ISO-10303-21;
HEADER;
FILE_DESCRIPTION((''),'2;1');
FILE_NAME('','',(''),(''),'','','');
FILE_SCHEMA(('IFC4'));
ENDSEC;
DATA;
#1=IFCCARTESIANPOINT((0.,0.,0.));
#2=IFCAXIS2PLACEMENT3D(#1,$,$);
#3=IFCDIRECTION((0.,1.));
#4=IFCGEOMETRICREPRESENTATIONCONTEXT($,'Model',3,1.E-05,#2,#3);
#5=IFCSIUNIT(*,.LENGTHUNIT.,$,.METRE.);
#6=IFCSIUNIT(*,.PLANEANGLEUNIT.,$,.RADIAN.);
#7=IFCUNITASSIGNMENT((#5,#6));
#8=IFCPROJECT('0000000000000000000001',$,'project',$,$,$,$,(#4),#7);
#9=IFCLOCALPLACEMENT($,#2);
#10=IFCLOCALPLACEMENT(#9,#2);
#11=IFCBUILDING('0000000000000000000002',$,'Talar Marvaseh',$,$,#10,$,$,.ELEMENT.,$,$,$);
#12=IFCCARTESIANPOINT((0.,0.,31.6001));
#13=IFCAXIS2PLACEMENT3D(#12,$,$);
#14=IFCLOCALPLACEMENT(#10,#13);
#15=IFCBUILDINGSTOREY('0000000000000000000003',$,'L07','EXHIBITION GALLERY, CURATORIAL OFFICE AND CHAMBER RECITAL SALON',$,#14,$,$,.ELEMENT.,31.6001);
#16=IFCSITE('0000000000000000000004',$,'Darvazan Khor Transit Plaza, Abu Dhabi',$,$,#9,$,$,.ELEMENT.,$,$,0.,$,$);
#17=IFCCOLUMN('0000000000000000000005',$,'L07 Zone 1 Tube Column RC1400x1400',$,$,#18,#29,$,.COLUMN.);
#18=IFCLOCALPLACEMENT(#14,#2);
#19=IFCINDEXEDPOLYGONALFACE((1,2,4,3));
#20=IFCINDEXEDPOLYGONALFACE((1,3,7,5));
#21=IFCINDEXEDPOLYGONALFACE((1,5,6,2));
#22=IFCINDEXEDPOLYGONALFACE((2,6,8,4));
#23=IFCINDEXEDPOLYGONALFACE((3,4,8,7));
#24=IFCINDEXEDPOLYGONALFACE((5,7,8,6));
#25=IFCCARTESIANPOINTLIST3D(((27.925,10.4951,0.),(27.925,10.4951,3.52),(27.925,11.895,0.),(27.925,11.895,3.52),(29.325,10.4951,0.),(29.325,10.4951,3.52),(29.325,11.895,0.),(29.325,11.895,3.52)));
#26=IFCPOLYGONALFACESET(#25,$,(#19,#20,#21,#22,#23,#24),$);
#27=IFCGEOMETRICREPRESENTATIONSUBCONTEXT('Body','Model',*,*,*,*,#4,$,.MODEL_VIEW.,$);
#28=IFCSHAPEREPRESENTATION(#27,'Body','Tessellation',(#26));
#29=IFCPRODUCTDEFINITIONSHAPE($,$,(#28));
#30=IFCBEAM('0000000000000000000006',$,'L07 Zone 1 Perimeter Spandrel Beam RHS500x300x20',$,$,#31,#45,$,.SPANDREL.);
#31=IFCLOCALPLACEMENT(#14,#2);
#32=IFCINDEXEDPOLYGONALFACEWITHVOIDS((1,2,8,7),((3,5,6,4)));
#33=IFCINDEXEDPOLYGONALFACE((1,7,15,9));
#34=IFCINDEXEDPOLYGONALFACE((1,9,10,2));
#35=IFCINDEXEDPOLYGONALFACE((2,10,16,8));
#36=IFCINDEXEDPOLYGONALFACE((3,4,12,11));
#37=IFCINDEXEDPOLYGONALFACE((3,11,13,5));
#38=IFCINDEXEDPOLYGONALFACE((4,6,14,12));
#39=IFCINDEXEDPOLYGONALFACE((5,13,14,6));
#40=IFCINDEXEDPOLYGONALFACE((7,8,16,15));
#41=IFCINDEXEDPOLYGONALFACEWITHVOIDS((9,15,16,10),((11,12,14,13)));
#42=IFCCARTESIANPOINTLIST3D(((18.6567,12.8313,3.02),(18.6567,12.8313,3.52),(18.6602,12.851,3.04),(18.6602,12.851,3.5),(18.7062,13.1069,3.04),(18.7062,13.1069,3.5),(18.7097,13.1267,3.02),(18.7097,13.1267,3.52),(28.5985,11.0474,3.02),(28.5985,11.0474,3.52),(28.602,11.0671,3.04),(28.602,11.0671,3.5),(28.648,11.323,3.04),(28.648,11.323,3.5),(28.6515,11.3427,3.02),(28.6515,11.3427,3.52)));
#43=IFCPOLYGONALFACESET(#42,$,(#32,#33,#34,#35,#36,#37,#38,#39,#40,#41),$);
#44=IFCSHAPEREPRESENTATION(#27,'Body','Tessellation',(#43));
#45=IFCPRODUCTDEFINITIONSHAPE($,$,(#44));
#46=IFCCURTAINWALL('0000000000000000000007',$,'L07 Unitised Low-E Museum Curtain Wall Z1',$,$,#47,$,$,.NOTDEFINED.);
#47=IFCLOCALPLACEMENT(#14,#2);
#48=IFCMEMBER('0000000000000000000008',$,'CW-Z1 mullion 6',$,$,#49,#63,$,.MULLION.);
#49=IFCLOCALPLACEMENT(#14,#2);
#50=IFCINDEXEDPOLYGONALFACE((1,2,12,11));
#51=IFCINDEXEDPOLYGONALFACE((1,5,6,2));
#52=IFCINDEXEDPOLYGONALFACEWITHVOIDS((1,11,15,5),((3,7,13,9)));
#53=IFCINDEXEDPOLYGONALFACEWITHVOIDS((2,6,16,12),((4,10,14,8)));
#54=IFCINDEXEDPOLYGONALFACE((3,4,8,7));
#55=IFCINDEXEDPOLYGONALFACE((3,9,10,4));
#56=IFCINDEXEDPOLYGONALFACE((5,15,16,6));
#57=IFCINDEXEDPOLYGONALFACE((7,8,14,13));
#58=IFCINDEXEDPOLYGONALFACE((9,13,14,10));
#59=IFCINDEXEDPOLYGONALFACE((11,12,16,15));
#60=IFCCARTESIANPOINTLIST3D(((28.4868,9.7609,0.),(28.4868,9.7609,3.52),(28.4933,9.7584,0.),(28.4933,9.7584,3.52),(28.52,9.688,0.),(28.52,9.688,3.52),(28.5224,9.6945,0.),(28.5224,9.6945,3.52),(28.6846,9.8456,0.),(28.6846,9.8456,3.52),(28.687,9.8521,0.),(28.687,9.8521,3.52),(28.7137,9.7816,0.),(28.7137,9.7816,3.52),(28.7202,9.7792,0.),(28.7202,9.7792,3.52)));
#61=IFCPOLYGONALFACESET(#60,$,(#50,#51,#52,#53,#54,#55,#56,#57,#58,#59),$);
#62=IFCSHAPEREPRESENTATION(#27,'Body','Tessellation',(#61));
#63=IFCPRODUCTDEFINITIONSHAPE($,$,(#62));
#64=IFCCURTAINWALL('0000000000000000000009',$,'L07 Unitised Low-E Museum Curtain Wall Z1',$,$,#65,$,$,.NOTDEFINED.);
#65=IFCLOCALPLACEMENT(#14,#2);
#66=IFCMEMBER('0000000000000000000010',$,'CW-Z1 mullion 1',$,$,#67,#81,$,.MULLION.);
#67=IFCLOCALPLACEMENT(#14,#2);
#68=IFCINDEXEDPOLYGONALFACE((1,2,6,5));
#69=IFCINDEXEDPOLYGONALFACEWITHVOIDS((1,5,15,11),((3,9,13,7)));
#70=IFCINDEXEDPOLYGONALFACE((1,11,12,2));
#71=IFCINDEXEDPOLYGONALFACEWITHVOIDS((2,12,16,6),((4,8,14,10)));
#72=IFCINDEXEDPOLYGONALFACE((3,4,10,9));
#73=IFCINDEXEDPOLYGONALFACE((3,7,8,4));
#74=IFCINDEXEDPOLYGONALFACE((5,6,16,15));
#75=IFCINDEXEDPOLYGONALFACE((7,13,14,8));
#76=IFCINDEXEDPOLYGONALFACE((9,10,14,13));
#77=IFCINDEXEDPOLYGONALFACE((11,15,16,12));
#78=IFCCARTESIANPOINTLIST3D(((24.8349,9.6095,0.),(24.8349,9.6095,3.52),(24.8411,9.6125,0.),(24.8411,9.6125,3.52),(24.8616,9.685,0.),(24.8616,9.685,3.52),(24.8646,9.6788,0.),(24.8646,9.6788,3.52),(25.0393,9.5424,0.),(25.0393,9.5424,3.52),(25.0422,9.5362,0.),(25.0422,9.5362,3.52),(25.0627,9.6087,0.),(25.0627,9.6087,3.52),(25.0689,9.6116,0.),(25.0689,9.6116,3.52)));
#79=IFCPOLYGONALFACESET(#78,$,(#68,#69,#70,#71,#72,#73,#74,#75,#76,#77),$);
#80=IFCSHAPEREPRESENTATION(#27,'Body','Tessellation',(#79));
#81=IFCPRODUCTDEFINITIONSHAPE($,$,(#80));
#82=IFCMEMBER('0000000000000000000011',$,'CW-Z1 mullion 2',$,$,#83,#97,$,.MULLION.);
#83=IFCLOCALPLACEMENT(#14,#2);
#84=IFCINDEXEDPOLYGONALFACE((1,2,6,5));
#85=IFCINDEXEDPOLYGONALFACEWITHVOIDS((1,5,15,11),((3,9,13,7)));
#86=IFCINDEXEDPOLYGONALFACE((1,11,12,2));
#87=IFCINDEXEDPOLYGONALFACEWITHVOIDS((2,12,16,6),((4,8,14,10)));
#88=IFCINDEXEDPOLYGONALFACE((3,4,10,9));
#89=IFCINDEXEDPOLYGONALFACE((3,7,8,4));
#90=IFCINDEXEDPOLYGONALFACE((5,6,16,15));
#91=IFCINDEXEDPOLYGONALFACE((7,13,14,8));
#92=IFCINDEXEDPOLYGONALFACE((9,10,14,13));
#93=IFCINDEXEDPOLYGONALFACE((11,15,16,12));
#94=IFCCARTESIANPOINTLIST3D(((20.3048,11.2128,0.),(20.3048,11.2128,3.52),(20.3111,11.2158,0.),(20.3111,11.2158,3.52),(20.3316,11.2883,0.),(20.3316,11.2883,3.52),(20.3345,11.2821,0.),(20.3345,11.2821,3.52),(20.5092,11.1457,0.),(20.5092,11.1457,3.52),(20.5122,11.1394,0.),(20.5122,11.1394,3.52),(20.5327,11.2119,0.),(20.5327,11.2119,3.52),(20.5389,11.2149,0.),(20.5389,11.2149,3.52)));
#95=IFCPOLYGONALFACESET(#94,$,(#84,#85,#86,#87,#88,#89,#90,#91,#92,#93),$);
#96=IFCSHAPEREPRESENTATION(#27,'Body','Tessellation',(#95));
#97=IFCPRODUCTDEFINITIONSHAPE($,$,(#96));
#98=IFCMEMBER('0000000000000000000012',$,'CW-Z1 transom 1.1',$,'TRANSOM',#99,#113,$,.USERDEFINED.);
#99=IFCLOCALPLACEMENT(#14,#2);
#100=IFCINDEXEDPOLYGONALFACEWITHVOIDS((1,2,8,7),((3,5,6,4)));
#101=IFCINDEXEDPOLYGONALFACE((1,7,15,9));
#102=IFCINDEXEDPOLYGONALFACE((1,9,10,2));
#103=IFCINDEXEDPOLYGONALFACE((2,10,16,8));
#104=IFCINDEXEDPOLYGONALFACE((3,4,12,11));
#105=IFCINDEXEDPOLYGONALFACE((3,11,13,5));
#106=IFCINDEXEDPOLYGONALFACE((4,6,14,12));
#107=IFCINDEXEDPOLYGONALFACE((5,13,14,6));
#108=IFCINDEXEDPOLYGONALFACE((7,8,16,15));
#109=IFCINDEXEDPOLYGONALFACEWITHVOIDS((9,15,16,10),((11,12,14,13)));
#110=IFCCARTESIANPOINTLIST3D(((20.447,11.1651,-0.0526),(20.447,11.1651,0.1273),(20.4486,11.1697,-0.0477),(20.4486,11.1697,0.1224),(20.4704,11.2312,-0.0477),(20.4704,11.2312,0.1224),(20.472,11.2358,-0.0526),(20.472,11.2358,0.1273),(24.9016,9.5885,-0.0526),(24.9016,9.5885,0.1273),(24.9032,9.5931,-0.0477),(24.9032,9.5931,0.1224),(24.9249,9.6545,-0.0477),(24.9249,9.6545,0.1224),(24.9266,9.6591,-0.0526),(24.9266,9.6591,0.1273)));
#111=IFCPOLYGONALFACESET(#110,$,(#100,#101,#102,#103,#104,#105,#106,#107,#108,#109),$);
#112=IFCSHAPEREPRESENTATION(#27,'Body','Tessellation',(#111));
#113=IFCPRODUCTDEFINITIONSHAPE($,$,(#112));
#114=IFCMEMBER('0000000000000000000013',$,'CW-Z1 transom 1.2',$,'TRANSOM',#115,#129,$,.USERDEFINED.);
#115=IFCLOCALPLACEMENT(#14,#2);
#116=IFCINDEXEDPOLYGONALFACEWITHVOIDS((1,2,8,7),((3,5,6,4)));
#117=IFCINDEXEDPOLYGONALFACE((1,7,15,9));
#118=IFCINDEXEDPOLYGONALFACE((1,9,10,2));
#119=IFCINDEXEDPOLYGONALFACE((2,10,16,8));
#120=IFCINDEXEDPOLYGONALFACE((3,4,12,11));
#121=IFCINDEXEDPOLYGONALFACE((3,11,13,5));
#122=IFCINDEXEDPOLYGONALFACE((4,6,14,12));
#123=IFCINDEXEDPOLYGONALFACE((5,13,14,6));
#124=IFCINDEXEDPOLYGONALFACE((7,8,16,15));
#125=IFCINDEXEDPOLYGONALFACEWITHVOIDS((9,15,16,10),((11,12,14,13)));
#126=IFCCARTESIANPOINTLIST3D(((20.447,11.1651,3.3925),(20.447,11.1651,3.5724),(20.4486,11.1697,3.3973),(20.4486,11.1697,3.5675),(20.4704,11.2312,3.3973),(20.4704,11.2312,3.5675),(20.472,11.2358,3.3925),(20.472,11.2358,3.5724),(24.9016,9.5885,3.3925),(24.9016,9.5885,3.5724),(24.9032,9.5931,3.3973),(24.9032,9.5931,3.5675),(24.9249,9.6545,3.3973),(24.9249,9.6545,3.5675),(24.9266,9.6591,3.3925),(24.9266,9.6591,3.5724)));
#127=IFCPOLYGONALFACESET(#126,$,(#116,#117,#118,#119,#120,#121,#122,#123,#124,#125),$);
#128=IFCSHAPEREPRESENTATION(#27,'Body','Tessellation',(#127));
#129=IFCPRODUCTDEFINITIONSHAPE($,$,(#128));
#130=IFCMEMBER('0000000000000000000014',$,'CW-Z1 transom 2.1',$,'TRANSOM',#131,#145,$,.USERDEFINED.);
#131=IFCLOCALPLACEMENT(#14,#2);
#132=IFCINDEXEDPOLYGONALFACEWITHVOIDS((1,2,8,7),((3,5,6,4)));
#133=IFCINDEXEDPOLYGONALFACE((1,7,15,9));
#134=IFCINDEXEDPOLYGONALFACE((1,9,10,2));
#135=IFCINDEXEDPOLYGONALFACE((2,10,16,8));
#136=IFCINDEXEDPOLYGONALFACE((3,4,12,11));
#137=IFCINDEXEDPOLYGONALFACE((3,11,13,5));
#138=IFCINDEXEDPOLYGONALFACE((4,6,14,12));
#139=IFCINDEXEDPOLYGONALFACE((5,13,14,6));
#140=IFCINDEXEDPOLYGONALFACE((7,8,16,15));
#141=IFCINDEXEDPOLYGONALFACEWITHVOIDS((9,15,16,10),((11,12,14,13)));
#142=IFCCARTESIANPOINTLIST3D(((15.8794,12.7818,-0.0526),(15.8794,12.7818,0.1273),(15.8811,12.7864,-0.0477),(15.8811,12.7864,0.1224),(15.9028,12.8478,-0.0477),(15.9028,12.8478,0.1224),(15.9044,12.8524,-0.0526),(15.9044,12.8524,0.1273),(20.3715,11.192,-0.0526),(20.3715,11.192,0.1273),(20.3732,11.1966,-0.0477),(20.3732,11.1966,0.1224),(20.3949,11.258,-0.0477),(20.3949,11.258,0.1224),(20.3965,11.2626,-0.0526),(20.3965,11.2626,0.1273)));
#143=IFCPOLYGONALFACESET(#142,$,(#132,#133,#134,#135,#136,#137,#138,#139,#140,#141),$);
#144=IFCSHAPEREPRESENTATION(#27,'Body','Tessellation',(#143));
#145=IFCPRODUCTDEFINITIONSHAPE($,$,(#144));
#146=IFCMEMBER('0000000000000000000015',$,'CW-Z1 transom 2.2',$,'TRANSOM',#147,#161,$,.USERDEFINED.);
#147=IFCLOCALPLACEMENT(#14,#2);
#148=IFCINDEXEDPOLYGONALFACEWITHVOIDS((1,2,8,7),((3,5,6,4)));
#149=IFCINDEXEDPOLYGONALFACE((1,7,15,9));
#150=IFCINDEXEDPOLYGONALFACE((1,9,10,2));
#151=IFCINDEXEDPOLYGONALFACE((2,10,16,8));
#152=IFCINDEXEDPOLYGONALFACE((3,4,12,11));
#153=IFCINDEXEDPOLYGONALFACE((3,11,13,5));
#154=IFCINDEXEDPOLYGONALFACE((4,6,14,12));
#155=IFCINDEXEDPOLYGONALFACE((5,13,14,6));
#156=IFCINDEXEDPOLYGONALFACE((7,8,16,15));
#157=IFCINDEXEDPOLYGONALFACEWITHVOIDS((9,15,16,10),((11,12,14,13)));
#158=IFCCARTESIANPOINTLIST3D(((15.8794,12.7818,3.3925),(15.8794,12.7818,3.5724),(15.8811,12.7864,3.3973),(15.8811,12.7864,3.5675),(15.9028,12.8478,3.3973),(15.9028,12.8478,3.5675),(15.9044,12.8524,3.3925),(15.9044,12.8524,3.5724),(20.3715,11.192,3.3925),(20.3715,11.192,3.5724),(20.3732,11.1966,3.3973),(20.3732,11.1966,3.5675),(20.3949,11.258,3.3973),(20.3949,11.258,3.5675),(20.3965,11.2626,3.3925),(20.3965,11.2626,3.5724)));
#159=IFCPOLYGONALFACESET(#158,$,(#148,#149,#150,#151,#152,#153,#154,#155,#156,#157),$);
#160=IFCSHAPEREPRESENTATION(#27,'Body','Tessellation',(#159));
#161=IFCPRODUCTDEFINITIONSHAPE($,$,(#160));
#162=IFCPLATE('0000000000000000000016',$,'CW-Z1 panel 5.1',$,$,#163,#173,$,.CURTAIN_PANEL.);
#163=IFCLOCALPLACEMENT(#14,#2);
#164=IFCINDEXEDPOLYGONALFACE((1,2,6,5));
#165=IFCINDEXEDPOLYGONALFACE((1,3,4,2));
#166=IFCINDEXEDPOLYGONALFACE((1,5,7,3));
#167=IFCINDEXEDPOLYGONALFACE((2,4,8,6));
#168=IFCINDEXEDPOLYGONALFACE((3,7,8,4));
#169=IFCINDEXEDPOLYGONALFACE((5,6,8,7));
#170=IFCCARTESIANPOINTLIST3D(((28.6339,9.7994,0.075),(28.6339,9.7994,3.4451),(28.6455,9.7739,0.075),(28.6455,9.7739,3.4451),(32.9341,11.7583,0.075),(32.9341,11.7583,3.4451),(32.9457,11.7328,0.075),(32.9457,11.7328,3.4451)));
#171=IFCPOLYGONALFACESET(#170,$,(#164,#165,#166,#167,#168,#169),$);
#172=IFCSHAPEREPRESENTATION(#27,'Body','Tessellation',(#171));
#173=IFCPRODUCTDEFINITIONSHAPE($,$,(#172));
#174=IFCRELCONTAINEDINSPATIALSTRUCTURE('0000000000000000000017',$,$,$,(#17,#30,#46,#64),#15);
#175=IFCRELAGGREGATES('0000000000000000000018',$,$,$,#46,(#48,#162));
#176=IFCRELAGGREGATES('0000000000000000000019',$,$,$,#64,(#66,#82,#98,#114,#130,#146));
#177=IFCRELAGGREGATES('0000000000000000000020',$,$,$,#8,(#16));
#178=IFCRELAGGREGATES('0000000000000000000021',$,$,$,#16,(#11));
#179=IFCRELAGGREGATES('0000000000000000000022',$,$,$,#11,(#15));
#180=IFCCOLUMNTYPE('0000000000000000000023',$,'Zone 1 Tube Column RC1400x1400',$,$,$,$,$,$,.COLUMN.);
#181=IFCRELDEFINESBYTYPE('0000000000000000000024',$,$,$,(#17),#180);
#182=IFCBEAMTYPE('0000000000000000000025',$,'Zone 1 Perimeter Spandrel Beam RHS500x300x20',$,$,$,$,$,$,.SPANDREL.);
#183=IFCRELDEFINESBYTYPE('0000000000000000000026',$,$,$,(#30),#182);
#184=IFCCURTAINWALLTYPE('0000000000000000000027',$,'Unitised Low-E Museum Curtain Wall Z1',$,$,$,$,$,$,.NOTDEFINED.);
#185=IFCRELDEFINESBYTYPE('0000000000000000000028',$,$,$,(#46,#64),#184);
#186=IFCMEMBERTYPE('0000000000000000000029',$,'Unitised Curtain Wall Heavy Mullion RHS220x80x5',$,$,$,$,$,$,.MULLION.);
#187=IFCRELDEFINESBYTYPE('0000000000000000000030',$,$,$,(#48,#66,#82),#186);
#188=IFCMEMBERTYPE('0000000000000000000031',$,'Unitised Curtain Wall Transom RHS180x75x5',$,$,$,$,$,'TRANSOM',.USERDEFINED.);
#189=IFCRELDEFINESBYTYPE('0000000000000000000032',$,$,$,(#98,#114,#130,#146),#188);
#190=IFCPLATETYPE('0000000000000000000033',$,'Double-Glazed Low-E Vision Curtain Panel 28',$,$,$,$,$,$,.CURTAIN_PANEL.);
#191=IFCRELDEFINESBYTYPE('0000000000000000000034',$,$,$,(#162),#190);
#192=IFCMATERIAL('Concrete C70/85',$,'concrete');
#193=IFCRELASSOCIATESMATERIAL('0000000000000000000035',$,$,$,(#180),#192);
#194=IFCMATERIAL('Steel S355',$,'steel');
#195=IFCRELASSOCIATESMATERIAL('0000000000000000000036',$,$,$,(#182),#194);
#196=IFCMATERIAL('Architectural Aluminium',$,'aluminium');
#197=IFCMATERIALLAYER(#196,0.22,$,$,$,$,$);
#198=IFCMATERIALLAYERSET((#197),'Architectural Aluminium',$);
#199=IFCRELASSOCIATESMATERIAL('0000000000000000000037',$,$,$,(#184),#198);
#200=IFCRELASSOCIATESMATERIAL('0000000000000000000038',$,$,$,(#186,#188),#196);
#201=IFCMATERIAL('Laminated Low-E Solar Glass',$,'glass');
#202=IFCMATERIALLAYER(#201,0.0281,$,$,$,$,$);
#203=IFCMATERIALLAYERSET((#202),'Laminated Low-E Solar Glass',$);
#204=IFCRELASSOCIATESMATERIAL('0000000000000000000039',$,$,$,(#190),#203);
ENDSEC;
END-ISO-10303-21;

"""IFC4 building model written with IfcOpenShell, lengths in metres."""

from ifc_helpers import new_model, si_unit, direction, frame, origin, origin_2d, place, context, subcontext, project, spatial, rectangle, hollow_rectangle, extrude, source, transform, mapped, material, layer, layer_set, material_profile, profile_set, type_object, type_shapes, element, aggregate, save


model = new_model("IFC4")

# Units and contexts
model_context = context("Model", 3, precision=1e-05, world=origin(), true_north=direction((0.0, 1.0)))
body_context = subcontext(model_context, "Body", "Model", "MODEL_VIEW")
ifc_project = project(units=[si_unit("LENGTHUNIT", "METRE"), si_unit("PLANEANGLEUNIT", "RADIAN")], contexts=[model_context])

# Site, building, storey
site_placement = place(None, origin())
site = spatial("IfcSite", under=ifc_project, at=site_placement, Name="Darvazan Khor Transit Plaza, Abu Dhabi", CompositionType="ELEMENT", RefElevation=0.0)
building_placement = place(site_placement, origin())
building = spatial("IfcBuilding", under=site, at=building_placement, Name="Talar Marvaseh", CompositionType="ELEMENT")
storey_placement = place(building_placement, frame((0.0, 0.0, 31.6001)))
storey = spatial("IfcBuildingStorey", under=building, at=storey_placement, Name="L07", Description="EXHIBITION GALLERY, CURATORIAL OFFICE AND CHAMBER RECITAL SALON", CompositionType="ELEMENT", Elevation=31.6001)

# Column
ifc_material_1 = material(Name="Concrete C70/85", Category="concrete")
ifc_material_profile_1 = material_profile(ifc_material_1, rectangle(XDim=1.3999, YDim=1.3999, at=origin_2d()), Name="RC1400x1400")
ifc_profile_set_1 = profile_set([ifc_material_profile_1], Name="Concrete C70/85")
column_type = type_object("IfcColumnType", Name="Zone 1 Tube Column RC1400x1400", PredefinedType="COLUMN", material=ifc_profile_set_1)
column_placement = place(storey_placement, frame((28.625, 11.1951, 0.0), z_axis=(0.0, 0.0, 1.0), x_axis=(1.0, 0.0, 0.0)))
element("IfcColumn", 1, at=column_placement, inside=storey, type_object=column_type, Name="L07 Zone 1 Tube Column RC1400x1400", PredefinedType="COLUMN", context=body_context, shape_type="SweptSolid", body=[
    extrude(rectangle(XDim=1.3999, YDim=1.3999, at=origin_2d()), origin(), (0.0, 0.0, 1.0), 3.52),
])

# Beam
ifc_material_2 = material(Name="Steel S355", Category="steel")
ifc_material_profile_2 = material_profile(ifc_material_2, hollow_rectangle(XDim=0.3, YDim=0.5, WallThickness=0.02, at=origin_2d()), Name="RHS500x300x20")
ifc_profile_set_2 = profile_set([ifc_material_profile_2], Name="Steel S355")
beam_type = type_object("IfcBeamType", Name="Zone 1 Perimeter Spandrel Beam RHS500x300x20", PredefinedType="SPANDREL", material=ifc_profile_set_2)
beam_placement = place(storey_placement, frame((28.625, 11.1951, 3.27), z_axis=(-0.98428, 0.176615, 0.0), x_axis=(-0.176615, -0.98428, 0.0)))
element("IfcBeam", 2, at=beam_placement, inside=storey, type_object=beam_type, Name="L07 Zone 1 Perimeter Spandrel Beam RHS500x300x20", PredefinedType="SPANDREL", context=body_context, shape_type="SweptSolid", body=[
    extrude(hollow_rectangle(XDim=0.3, YDim=0.5, WallThickness=0.02, at=origin_2d()), origin(), (0.0, 0.0, 1.0), 10.1006),
])

# Curtain wall, member
ifc_material_3 = material(Name="Architectural Aluminium", Category="aluminium")
ifc_layer_1 = layer(ifc_material_3, 0.22)
ifc_layer_set_1 = layer_set([ifc_layer_1], Name="Architectural Aluminium")
curtain_wall_type = type_object("IfcCurtainWallType", Name="Unitised Low-E Museum Curtain Wall Z1", PredefinedType="NOTDEFINED", material=ifc_layer_set_1)
curtain_wall_1_placement = place(storey_placement, origin())
curtain_wall_1 = element("IfcCurtainWall", 3, at=curtain_wall_1_placement, inside=storey, type_object=curtain_wall_type, Name="L07 Unitised Low-E Museum Curtain Wall Z1", PredefinedType="NOTDEFINED")
ifc_material_profile_3 = material_profile(ifc_material_3, hollow_rectangle(XDim=0.0801, YDim=0.22, WallThickness=0.0049, at=origin_2d()), Name="RHS220x80x5")
ifc_profile_set_3 = profile_set([ifc_material_profile_3], Name="Architectural Aluminium")
member_type_1 = type_object("IfcMemberType", Name="Unitised Curtain Wall Heavy Mullion RHS220x80x5", PredefinedType="MULLION", material=ifc_profile_set_3)
shared_shape_1 = source(origin(), body_context, "Body", "SweptSolid", [
    extrude(hollow_rectangle(XDim=0.0801, YDim=0.22, WallThickness=0.0049, at=origin_2d()), origin(), (0.0, 0.0, 1.0), 3.52),
])
type_shapes(member_type_1, [shared_shape_1])
member_1_placement = place(storey_placement, frame((28.6035, 9.77, 0.0), z_axis=(0.0, 0.0, 1.0), x_axis=(0.414555, -0.910024, 0.0)))
member_1 = element("IfcMember", 4, at=member_1_placement, type_object=member_type_1, Name="CW-Z1 mullion 6", PredefinedType="MULLION", context=body_context, shape_type="MappedRepresentation", body=[
    mapped(shared_shape_1, transform((0.0, 0.0, 0.0), x_axis=(1.0, 0.0, 0.0), y_axis=(0.0, 1.0, 0.0), z_axis=(0.0, 0.0, 1.0), scale=1.0)),
])

# Curtain wall, members
curtain_wall_2_placement = place(storey_placement, origin())
curtain_wall_2 = element("IfcCurtainWall", 5, at=curtain_wall_2_placement, inside=storey, type_object=curtain_wall_type, Name="L07 Unitised Low-E Museum Curtain Wall Z1", PredefinedType="NOTDEFINED")
member_2_placement = place(storey_placement, frame((24.9519, 9.6106, 0.0), z_axis=(0.0, 0.0, 1.0), x_axis=(-0.333661, -0.942693, 0.0)))
member_2 = element("IfcMember", 6, at=member_2_placement, type_object=member_type_1, Name="CW-Z1 mullion 1", PredefinedType="MULLION", context=body_context, shape_type="MappedRepresentation", body=[
    mapped(shared_shape_1, transform((0.0, 0.0, 0.0), x_axis=(1.0, 0.0, 0.0), y_axis=(0.0, 1.0, 0.0), z_axis=(0.0, 0.0, 1.0), scale=1.0)),
])
member_3_placement = place(storey_placement, frame((20.4219, 11.2139, 0.0), z_axis=(0.0, 0.0, 1.0), x_axis=(-0.333661, -0.942693, 0.0)))
member_3 = element("IfcMember", 7, at=member_3_placement, type_object=member_type_1, Name="CW-Z1 mullion 2", PredefinedType="MULLION", context=body_context, shape_type="MappedRepresentation", body=[
    mapped(shared_shape_1, transform((0.0, 0.0, 0.0), x_axis=(1.0, 0.0, 0.0), y_axis=(0.0, 1.0, 0.0), z_axis=(0.0, 0.0, 1.0), scale=1.0)),
])
ifc_material_profile_4 = material_profile(ifc_material_3, hollow_rectangle(XDim=0.075, YDim=0.1799, WallThickness=0.0049, at=origin_2d()), Name="RHS180x75x5")
ifc_profile_set_4 = profile_set([ifc_material_profile_4], Name="Architectural Aluminium")
member_type_2 = type_object("IfcMemberType", Name="Unitised Curtain Wall Transom RHS180x75x5", ElementType="TRANSOM", PredefinedType="USERDEFINED", material=ifc_profile_set_4)
shared_shape_2 = source(origin(), body_context, "Body", "SweptSolid", [
    extrude(hollow_rectangle(XDim=0.075, YDim=0.1799, WallThickness=0.0049, at=origin_2d()), origin(), (0.0, 0.0, 1.0), 4.7253),
])
member_4_placement = place(storey_placement, frame((24.9141, 9.6238, 0.0374), z_axis=(-0.942694, 0.333658, 0.0), x_axis=(-0.333658, -0.942694, 0.0)))
member_4 = element("IfcMember", 8, at=member_4_placement, type_object=member_type_2, Name="CW-Z1 transom 1.1", ObjectType="TRANSOM", PredefinedType="USERDEFINED", context=body_context, shape_type="MappedRepresentation", body=[
    mapped(shared_shape_2, transform((0.0, 0.0, 0.0), x_axis=(1.0, 0.0, 0.0), y_axis=(0.0, 1.0, 0.0), z_axis=(0.0, 0.0, 1.0), scale=1.0)),
])
member_5_placement = place(storey_placement, frame((24.9141, 9.6238, 3.4824), z_axis=(-0.942694, 0.333658, 0.0), x_axis=(-0.333658, -0.942694, 0.0)))
member_5 = element("IfcMember", 9, at=member_5_placement, type_object=member_type_2, Name="CW-Z1 transom 1.2", ObjectType="TRANSOM", PredefinedType="USERDEFINED", context=body_context, shape_type="MappedRepresentation", body=[
    mapped(shared_shape_2, transform((0.0, 0.0, 0.0), x_axis=(1.0, 0.0, 0.0), y_axis=(0.0, 1.0, 0.0), z_axis=(0.0, 0.0, 1.0), scale=1.0)),
])
shared_shape_3 = source(origin(), body_context, "Body", "SweptSolid", [
    extrude(hollow_rectangle(XDim=0.075, YDim=0.1799, WallThickness=0.0049, at=origin_2d()), origin(), (0.0, 0.0, 1.0), 4.7651),
])
type_shapes(member_type_2, [shared_shape_2, shared_shape_3])
member_6_placement = place(storey_placement, frame((20.384, 11.2273, 0.0374), z_axis=(-0.942702, 0.333635, 0.0), x_axis=(-0.333635, -0.942702, 0.0)))
member_6 = element("IfcMember", 10, at=member_6_placement, type_object=member_type_2, Name="CW-Z1 transom 2.1", ObjectType="TRANSOM", PredefinedType="USERDEFINED", context=body_context, shape_type="MappedRepresentation", body=[
    mapped(shared_shape_3, transform((0.0, 0.0, 0.0), x_axis=(1.0, 0.0, 0.0), y_axis=(0.0, 1.0, 0.0), z_axis=(0.0, 0.0, 1.0), scale=1.0)),
])
member_7_placement = place(storey_placement, frame((20.384, 11.2273, 3.4824), z_axis=(-0.942702, 0.333635, 0.0), x_axis=(-0.333635, -0.942702, 0.0)))
member_7 = element("IfcMember", 11, at=member_7_placement, type_object=member_type_2, Name="CW-Z1 transom 2.2", ObjectType="TRANSOM", PredefinedType="USERDEFINED", context=body_context, shape_type="MappedRepresentation", body=[
    mapped(shared_shape_3, transform((0.0, 0.0, 0.0), x_axis=(1.0, 0.0, 0.0), y_axis=(0.0, 1.0, 0.0), z_axis=(0.0, 0.0, 1.0), scale=1.0)),
])

# Plate
ifc_material_4 = material(Name="Laminated Low-E Solar Glass", Category="glass")
ifc_layer_2 = layer(ifc_material_4, 0.0281)
ifc_layer_set_2 = layer_set([ifc_layer_2], Name="Laminated Low-E Solar Glass")
plate_type = type_object("IfcPlateType", Name="Double-Glazed Low-E Vision Curtain Panel 28", PredefinedType="CURTAIN_PANEL", material=ifc_layer_set_2)
shared_shape_4 = source(origin(), body_context, "Body", "SweptSolid", [
    extrude(rectangle(XDim=4.7253, YDim=0.0281, at=origin_2d()), origin(), (0.0, 0.0, 1.0), 3.3701),
])
type_shapes(plate_type, [shared_shape_4])
plate_1_placement = place(storey_placement, frame((30.7898, 10.7661, 0.075), z_axis=(0.0, 0.0, 1.0), x_axis=(-0.910024, -0.414555, 0.0)))
plate_1 = element("IfcPlate", 12, at=plate_1_placement, type_object=plate_type, Name="CW-Z1 panel 5.1", PredefinedType="CURTAIN_PANEL", context=body_context, shape_type="MappedRepresentation", body=[
    mapped(shared_shape_4, transform((0.0, 0.0, 0.0), x_axis=(1.0, 0.0, 0.0), y_axis=(0.0, 1.0, 0.0), z_axis=(0.0, 0.0, 1.0), scale=1.0)),
])
aggregate(curtain_wall_1, [member_1, plate_1])
aggregate(curtain_wall_2, [member_2, member_3, member_4, member_5, member_6, member_7])

save(model, "model.ifc")
